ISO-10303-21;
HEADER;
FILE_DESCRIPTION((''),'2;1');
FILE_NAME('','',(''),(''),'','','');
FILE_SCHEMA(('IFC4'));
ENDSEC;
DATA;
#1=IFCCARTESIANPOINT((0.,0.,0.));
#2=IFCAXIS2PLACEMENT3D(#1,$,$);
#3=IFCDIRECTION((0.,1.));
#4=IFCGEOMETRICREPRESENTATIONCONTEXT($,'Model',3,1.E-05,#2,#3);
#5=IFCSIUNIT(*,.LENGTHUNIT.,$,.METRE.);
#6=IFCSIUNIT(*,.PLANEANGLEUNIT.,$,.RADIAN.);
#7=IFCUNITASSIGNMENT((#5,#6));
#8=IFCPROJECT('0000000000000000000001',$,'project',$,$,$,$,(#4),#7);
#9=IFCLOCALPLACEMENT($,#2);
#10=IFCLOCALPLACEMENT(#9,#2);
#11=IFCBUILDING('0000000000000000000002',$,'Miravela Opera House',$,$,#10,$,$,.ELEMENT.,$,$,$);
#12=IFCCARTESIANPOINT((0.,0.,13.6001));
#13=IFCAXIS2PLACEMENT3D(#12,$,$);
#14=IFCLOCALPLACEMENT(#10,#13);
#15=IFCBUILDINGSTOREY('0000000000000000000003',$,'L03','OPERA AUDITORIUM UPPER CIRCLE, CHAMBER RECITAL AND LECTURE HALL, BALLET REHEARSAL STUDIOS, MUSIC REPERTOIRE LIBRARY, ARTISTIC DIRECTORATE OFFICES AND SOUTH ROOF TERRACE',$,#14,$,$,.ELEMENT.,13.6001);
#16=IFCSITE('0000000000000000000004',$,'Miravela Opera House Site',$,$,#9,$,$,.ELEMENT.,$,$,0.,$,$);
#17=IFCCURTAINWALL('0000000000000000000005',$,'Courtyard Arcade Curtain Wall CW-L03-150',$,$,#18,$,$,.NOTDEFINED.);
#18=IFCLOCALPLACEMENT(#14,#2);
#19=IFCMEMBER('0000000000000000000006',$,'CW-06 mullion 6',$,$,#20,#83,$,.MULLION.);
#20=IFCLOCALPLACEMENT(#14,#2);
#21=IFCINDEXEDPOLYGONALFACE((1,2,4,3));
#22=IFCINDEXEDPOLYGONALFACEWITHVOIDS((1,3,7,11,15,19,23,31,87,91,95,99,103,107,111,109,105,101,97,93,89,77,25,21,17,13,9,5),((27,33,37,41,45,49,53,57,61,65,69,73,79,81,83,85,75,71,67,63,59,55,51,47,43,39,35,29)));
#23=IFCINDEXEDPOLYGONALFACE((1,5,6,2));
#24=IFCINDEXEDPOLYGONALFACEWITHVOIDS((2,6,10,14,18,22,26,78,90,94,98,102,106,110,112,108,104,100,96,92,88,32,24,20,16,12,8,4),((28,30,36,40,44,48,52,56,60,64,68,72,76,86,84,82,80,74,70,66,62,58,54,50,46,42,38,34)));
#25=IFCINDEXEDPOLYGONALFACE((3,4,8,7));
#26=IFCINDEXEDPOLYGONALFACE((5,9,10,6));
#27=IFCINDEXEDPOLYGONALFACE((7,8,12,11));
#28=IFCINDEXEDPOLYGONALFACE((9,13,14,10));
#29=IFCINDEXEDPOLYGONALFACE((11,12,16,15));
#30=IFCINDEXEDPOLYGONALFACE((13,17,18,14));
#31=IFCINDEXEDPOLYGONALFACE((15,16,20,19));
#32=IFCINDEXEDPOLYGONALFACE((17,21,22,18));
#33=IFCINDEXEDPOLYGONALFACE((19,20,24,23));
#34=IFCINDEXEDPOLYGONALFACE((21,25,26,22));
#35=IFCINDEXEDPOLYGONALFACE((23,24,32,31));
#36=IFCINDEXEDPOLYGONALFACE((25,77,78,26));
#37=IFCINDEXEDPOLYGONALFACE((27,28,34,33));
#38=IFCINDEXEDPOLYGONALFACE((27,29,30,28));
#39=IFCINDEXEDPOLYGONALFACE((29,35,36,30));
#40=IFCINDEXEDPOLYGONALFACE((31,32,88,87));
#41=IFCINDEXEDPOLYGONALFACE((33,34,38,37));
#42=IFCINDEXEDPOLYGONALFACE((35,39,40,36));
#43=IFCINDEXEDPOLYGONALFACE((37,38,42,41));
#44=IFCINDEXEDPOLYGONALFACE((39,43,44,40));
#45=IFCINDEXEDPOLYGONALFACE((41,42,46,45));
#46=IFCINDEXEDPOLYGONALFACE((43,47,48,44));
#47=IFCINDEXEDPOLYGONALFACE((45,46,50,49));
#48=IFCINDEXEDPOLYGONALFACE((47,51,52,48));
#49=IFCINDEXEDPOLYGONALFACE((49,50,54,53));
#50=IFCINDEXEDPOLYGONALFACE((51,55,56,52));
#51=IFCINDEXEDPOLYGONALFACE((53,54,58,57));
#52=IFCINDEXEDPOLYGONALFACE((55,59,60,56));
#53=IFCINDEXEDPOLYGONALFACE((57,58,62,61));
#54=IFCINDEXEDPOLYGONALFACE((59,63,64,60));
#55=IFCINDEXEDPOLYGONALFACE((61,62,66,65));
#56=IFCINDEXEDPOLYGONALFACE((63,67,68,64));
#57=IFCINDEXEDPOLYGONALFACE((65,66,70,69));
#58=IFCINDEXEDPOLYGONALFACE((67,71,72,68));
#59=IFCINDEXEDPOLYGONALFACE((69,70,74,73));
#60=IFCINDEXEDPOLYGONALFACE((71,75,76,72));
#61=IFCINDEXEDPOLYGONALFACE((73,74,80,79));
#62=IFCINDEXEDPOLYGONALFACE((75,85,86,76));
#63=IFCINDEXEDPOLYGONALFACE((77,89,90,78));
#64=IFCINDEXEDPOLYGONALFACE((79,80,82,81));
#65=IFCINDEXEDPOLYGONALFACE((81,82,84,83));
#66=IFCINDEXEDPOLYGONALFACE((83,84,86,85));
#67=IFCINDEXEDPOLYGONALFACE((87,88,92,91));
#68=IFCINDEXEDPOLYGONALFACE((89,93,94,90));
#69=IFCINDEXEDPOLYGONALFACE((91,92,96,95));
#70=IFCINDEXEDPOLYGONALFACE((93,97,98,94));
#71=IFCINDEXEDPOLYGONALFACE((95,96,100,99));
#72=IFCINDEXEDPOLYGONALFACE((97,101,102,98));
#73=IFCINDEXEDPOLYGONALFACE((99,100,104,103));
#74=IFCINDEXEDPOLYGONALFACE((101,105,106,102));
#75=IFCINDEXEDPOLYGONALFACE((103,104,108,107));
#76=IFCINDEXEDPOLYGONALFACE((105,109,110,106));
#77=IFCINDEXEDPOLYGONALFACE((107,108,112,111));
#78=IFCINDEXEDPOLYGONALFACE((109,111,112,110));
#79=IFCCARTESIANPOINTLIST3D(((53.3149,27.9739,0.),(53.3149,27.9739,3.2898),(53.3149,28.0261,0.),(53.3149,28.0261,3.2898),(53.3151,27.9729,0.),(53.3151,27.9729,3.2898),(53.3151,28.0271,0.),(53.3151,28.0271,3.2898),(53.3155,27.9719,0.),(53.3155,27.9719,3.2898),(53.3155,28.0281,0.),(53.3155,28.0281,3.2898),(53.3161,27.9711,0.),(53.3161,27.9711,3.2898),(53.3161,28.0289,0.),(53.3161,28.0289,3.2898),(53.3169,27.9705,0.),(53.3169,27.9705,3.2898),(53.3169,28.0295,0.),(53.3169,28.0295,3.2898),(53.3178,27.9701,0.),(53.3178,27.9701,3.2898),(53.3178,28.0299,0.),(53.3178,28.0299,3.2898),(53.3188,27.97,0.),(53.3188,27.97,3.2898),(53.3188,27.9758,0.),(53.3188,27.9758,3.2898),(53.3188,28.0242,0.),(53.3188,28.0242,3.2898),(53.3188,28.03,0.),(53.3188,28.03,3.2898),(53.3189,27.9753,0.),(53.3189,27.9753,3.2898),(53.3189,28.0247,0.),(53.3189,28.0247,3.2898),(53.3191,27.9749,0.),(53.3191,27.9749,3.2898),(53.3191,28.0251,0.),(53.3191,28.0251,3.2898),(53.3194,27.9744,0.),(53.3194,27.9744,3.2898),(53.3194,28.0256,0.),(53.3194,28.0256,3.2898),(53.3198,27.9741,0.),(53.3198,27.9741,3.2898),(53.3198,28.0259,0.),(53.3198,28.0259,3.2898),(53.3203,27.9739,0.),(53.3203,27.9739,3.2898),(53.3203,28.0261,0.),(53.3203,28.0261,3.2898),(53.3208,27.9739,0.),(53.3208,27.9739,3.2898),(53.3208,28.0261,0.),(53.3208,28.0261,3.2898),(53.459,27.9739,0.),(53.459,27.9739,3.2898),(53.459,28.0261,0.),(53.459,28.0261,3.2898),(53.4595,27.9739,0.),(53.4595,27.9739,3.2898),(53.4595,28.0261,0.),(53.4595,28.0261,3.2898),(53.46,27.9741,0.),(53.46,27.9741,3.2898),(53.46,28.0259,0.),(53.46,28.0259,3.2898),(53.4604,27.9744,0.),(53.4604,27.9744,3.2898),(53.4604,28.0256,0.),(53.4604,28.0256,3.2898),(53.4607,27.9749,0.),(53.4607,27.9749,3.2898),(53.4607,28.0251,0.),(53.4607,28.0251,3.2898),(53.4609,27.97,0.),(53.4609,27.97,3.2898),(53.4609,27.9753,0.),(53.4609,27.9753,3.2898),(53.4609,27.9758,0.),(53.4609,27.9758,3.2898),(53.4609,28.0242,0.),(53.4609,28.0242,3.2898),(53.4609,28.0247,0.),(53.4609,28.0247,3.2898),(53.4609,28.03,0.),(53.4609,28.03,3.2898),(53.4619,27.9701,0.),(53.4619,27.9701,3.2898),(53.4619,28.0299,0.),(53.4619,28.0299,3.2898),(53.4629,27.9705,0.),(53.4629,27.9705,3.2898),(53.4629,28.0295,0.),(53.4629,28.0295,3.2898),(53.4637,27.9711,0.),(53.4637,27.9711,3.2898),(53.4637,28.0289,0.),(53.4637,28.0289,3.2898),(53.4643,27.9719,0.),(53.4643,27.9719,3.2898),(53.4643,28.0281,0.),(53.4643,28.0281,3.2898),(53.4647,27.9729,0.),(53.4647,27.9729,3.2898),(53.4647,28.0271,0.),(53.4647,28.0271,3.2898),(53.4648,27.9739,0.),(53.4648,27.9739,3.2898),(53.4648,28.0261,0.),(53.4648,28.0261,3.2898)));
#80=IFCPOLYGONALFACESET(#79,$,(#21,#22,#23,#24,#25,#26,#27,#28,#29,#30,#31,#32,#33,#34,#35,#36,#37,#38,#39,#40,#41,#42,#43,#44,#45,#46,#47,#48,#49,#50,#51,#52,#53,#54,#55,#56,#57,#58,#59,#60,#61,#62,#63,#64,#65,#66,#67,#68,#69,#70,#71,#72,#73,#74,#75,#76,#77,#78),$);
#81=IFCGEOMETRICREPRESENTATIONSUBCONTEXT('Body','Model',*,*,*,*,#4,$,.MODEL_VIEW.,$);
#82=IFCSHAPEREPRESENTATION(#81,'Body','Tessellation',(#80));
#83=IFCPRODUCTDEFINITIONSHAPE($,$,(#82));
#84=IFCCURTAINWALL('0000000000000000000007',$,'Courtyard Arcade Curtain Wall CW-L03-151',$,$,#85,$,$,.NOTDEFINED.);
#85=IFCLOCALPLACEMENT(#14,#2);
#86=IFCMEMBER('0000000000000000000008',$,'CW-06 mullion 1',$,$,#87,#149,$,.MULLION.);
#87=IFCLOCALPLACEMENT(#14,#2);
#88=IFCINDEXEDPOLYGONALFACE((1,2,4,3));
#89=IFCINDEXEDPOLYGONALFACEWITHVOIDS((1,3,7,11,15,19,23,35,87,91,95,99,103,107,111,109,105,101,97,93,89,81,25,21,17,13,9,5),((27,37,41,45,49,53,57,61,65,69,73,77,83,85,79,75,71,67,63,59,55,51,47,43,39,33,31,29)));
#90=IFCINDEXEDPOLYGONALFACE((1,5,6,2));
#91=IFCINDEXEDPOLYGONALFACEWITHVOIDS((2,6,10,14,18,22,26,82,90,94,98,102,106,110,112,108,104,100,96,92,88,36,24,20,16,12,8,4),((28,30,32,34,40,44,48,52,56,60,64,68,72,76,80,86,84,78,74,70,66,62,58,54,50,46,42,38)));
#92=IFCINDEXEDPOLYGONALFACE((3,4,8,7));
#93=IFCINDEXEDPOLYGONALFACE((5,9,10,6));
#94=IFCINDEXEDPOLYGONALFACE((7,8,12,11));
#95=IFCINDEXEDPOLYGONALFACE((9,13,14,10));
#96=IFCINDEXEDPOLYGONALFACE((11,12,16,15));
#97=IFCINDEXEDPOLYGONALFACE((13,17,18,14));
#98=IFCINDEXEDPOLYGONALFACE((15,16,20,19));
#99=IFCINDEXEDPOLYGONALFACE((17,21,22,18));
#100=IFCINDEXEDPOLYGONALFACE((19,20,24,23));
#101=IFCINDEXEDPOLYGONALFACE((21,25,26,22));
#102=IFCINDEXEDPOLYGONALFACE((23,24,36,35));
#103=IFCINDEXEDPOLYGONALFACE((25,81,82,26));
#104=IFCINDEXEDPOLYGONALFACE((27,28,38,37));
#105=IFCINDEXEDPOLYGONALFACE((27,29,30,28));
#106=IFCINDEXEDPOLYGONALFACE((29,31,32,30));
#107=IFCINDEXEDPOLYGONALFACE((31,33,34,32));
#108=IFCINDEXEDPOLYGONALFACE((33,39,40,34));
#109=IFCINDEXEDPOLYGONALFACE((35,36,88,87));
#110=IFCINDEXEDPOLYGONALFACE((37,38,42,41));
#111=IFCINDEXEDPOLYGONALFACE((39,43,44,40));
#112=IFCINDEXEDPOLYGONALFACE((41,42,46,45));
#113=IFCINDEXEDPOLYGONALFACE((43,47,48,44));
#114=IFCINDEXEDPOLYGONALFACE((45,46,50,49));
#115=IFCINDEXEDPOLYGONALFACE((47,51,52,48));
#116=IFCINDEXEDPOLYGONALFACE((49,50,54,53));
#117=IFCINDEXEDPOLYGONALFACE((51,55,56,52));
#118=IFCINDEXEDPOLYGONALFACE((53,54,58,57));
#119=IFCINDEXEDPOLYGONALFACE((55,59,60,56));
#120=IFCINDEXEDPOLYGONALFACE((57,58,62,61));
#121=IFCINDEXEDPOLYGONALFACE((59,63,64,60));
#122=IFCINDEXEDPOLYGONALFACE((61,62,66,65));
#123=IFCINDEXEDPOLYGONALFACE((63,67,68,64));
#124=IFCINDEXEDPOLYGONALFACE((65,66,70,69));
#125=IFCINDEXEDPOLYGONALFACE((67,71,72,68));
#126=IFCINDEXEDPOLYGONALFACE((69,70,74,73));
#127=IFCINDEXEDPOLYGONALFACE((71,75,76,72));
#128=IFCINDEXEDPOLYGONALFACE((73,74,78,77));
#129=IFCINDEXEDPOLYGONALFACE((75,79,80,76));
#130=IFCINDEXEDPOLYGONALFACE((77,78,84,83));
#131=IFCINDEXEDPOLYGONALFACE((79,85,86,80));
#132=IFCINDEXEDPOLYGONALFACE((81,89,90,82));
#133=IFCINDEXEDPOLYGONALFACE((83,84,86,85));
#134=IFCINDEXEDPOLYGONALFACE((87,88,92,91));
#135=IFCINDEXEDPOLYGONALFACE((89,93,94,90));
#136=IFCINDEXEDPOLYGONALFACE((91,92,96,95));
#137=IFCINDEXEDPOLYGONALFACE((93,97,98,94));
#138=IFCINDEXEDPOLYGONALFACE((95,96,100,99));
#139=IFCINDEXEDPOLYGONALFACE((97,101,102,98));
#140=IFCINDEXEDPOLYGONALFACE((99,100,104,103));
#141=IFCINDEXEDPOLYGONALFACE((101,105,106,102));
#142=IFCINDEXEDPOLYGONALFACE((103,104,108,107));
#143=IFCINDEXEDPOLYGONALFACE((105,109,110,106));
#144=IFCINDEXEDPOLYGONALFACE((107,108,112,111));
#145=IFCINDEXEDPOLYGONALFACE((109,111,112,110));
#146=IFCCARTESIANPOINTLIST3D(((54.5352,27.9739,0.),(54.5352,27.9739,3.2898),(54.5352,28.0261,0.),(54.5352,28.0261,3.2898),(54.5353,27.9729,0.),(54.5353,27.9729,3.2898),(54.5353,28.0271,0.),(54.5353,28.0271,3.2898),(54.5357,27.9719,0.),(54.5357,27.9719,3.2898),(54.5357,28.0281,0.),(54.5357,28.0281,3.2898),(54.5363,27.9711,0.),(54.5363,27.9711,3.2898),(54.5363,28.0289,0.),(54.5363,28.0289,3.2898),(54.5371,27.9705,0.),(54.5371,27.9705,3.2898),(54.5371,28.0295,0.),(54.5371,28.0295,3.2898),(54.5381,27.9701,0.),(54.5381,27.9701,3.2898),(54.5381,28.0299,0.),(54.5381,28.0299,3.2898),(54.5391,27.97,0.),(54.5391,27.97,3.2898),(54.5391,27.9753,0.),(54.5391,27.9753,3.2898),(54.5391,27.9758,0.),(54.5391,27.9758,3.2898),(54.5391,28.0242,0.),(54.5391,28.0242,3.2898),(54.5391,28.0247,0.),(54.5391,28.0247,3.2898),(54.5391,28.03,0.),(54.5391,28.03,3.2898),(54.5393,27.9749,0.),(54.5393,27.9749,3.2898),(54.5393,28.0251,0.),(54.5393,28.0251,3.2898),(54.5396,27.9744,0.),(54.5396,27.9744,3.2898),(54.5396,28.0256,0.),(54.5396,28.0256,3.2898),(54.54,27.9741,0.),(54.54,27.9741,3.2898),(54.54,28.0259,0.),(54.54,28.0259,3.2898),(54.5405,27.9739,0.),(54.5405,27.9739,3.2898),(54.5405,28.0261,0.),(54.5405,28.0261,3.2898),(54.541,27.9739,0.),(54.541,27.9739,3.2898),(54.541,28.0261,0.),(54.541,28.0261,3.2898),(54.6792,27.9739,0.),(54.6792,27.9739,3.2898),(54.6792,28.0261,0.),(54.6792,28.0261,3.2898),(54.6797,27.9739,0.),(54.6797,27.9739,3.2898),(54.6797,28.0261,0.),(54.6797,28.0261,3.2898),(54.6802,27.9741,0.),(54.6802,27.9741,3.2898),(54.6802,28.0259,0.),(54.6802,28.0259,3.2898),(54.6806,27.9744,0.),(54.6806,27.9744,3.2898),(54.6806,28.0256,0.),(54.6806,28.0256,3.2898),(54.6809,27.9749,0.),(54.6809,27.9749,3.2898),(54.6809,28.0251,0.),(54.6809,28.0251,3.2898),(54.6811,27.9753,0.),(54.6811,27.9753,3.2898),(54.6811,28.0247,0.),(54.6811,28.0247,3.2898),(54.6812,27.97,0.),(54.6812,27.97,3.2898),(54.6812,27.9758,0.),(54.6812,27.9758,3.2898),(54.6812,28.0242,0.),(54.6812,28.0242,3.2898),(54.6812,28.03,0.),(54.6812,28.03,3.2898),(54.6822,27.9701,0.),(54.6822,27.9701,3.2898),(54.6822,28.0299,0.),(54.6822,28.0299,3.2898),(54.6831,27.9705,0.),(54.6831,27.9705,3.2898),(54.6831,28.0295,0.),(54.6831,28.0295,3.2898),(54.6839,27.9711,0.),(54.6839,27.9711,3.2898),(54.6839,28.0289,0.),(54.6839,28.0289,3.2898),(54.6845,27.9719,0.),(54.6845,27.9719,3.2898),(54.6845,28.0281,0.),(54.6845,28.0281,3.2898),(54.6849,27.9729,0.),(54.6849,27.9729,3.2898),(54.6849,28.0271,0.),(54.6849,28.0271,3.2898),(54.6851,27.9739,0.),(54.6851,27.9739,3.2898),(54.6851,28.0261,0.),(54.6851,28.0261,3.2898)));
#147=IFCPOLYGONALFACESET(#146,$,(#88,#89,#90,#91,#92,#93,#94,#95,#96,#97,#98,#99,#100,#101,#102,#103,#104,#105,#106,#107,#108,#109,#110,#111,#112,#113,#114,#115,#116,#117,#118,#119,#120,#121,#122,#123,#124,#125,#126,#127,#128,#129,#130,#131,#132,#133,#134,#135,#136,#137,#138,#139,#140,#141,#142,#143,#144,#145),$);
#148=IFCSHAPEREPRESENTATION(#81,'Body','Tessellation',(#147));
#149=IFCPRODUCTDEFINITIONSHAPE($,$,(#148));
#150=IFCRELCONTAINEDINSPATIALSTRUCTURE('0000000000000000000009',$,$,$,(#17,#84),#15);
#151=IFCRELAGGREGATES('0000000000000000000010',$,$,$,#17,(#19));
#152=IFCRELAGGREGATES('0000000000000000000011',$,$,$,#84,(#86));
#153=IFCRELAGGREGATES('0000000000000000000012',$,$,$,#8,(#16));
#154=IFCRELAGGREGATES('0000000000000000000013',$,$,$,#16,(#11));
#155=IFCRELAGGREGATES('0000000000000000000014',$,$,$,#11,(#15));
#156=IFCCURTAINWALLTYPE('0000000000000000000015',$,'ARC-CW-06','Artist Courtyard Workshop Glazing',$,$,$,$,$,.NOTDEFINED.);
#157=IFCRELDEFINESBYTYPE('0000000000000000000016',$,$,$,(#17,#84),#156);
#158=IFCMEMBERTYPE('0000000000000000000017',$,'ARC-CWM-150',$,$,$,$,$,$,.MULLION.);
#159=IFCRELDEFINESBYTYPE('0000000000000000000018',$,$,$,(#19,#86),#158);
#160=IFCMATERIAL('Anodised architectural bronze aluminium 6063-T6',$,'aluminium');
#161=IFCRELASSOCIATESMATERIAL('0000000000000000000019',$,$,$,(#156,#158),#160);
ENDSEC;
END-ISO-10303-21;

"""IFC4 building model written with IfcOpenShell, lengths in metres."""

from ifc_helpers import new_model, si_unit, direction, frame, origin, origin_2d, place, context, subcontext, project, spatial, hollow_rectangle, extrude, material, material_profile, profile_set, type_object, element, aggregate, save


model = new_model("IFC4")

# Units and contexts
model_context = context("Model", 3, precision=1e-05, world=origin(), true_north=direction((0.0, 1.0)))
body_context = subcontext(model_context, "Body", "Model", "MODEL_VIEW")
ifc_project = project(units=[si_unit("LENGTHUNIT", "METRE"), si_unit("PLANEANGLEUNIT", "RADIAN")], contexts=[model_context])

# Site, building, storey
site_placement = place(None, origin())
site = spatial("IfcSite", under=ifc_project, at=site_placement, Name="Miravela Opera House Site", CompositionType="ELEMENT", RefElevation=0.0)
building_placement = place(site_placement, origin())
building = spatial("IfcBuilding", under=site, at=building_placement, Name="Miravela Opera House", CompositionType="ELEMENT")
storey_placement = place(building_placement, frame((0.0, 0.0, 13.6001)))
storey = spatial("IfcBuildingStorey", under=building, at=storey_placement, Name="L03", Description="OPERA AUDITORIUM UPPER CIRCLE, CHAMBER RECITAL AND LECTURE HALL, BALLET REHEARSAL STUDIOS, MUSIC REPERTOIRE LIBRARY, ARTISTIC DIRECTORATE OFFICES AND SOUTH ROOF TERRACE", CompositionType="ELEMENT", Elevation=13.6001)

# Curtain wall, member
ifc_material_1 = material(Name="Anodised architectural bronze aluminium 6063-T6", Category="aluminium")
curtain_wall_type = type_object("IfcCurtainWallType", Name="ARC-CW-06", Description="Artist Courtyard Workshop Glazing", PredefinedType="NOTDEFINED", material=ifc_material_1)
curtain_wall_1_placement = place(storey_placement, origin())
curtain_wall_1 = element("IfcCurtainWall", 1, at=curtain_wall_1_placement, inside=storey, type_object=curtain_wall_type, Name="Courtyard Arcade Curtain Wall CW-L03-150", PredefinedType="NOTDEFINED")
ifc_material_profile_1 = material_profile(ifc_material_1, hollow_rectangle(XDim=0.0601, YDim=0.1499, WallThickness=0.0039, InnerFilletRadius=0.002, OuterFilletRadius=0.0039, at=origin_2d()), Name="CWM-60X150")
ifc_profile_set_1 = profile_set([ifc_material_profile_1])
member_type_1 = type_object("IfcMemberType", Name="ARC-CWM-150", PredefinedType="MULLION", material=ifc_profile_set_1)
member_1_placement = place(storey_placement, frame((53.3899, 28.0, 0.0), z_axis=(0.0, 0.0, 1.0), x_axis=(0.0, 1.0, 0.0)))
member_1 = element("IfcMember", 2, at=member_1_placement, type_object=member_type_1, Name="CW-06 mullion 6", PredefinedType="MULLION", context=body_context, shape_type="SweptSolid", body=[
    extrude(hollow_rectangle(XDim=0.0601, YDim=0.1499, WallThickness=0.0039, InnerFilletRadius=0.002, OuterFilletRadius=0.0039, at=origin_2d()), origin(), (0.0, 0.0, 1.0), 3.2898),
])

# Curtain wall, member
curtain_wall_2_placement = place(storey_placement, origin())
curtain_wall_2 = element("IfcCurtainWall", 3, at=curtain_wall_2_placement, inside=storey, type_object=curtain_wall_type, Name="Courtyard Arcade Curtain Wall CW-L03-151", PredefinedType="NOTDEFINED")
member_2_placement = place(storey_placement, frame((54.6101, 28.0, 0.0), z_axis=(0.0, 0.0, 1.0), x_axis=(0.0, 1.0, 0.0)))
member_2 = element("IfcMember", 4, at=member_2_placement, type_object=member_type_1, Name="CW-06 mullion 1", PredefinedType="MULLION", context=body_context, shape_type="SweptSolid", body=[
    extrude(hollow_rectangle(XDim=0.0601, YDim=0.1499, WallThickness=0.0039, InnerFilletRadius=0.002, OuterFilletRadius=0.0039, at=origin_2d()), origin(), (0.0, 0.0, 1.0), 3.2898),
])

aggregate(curtain_wall_1, [member_1])
aggregate(curtain_wall_2, [member_2])

save(model, "model.ifc")
